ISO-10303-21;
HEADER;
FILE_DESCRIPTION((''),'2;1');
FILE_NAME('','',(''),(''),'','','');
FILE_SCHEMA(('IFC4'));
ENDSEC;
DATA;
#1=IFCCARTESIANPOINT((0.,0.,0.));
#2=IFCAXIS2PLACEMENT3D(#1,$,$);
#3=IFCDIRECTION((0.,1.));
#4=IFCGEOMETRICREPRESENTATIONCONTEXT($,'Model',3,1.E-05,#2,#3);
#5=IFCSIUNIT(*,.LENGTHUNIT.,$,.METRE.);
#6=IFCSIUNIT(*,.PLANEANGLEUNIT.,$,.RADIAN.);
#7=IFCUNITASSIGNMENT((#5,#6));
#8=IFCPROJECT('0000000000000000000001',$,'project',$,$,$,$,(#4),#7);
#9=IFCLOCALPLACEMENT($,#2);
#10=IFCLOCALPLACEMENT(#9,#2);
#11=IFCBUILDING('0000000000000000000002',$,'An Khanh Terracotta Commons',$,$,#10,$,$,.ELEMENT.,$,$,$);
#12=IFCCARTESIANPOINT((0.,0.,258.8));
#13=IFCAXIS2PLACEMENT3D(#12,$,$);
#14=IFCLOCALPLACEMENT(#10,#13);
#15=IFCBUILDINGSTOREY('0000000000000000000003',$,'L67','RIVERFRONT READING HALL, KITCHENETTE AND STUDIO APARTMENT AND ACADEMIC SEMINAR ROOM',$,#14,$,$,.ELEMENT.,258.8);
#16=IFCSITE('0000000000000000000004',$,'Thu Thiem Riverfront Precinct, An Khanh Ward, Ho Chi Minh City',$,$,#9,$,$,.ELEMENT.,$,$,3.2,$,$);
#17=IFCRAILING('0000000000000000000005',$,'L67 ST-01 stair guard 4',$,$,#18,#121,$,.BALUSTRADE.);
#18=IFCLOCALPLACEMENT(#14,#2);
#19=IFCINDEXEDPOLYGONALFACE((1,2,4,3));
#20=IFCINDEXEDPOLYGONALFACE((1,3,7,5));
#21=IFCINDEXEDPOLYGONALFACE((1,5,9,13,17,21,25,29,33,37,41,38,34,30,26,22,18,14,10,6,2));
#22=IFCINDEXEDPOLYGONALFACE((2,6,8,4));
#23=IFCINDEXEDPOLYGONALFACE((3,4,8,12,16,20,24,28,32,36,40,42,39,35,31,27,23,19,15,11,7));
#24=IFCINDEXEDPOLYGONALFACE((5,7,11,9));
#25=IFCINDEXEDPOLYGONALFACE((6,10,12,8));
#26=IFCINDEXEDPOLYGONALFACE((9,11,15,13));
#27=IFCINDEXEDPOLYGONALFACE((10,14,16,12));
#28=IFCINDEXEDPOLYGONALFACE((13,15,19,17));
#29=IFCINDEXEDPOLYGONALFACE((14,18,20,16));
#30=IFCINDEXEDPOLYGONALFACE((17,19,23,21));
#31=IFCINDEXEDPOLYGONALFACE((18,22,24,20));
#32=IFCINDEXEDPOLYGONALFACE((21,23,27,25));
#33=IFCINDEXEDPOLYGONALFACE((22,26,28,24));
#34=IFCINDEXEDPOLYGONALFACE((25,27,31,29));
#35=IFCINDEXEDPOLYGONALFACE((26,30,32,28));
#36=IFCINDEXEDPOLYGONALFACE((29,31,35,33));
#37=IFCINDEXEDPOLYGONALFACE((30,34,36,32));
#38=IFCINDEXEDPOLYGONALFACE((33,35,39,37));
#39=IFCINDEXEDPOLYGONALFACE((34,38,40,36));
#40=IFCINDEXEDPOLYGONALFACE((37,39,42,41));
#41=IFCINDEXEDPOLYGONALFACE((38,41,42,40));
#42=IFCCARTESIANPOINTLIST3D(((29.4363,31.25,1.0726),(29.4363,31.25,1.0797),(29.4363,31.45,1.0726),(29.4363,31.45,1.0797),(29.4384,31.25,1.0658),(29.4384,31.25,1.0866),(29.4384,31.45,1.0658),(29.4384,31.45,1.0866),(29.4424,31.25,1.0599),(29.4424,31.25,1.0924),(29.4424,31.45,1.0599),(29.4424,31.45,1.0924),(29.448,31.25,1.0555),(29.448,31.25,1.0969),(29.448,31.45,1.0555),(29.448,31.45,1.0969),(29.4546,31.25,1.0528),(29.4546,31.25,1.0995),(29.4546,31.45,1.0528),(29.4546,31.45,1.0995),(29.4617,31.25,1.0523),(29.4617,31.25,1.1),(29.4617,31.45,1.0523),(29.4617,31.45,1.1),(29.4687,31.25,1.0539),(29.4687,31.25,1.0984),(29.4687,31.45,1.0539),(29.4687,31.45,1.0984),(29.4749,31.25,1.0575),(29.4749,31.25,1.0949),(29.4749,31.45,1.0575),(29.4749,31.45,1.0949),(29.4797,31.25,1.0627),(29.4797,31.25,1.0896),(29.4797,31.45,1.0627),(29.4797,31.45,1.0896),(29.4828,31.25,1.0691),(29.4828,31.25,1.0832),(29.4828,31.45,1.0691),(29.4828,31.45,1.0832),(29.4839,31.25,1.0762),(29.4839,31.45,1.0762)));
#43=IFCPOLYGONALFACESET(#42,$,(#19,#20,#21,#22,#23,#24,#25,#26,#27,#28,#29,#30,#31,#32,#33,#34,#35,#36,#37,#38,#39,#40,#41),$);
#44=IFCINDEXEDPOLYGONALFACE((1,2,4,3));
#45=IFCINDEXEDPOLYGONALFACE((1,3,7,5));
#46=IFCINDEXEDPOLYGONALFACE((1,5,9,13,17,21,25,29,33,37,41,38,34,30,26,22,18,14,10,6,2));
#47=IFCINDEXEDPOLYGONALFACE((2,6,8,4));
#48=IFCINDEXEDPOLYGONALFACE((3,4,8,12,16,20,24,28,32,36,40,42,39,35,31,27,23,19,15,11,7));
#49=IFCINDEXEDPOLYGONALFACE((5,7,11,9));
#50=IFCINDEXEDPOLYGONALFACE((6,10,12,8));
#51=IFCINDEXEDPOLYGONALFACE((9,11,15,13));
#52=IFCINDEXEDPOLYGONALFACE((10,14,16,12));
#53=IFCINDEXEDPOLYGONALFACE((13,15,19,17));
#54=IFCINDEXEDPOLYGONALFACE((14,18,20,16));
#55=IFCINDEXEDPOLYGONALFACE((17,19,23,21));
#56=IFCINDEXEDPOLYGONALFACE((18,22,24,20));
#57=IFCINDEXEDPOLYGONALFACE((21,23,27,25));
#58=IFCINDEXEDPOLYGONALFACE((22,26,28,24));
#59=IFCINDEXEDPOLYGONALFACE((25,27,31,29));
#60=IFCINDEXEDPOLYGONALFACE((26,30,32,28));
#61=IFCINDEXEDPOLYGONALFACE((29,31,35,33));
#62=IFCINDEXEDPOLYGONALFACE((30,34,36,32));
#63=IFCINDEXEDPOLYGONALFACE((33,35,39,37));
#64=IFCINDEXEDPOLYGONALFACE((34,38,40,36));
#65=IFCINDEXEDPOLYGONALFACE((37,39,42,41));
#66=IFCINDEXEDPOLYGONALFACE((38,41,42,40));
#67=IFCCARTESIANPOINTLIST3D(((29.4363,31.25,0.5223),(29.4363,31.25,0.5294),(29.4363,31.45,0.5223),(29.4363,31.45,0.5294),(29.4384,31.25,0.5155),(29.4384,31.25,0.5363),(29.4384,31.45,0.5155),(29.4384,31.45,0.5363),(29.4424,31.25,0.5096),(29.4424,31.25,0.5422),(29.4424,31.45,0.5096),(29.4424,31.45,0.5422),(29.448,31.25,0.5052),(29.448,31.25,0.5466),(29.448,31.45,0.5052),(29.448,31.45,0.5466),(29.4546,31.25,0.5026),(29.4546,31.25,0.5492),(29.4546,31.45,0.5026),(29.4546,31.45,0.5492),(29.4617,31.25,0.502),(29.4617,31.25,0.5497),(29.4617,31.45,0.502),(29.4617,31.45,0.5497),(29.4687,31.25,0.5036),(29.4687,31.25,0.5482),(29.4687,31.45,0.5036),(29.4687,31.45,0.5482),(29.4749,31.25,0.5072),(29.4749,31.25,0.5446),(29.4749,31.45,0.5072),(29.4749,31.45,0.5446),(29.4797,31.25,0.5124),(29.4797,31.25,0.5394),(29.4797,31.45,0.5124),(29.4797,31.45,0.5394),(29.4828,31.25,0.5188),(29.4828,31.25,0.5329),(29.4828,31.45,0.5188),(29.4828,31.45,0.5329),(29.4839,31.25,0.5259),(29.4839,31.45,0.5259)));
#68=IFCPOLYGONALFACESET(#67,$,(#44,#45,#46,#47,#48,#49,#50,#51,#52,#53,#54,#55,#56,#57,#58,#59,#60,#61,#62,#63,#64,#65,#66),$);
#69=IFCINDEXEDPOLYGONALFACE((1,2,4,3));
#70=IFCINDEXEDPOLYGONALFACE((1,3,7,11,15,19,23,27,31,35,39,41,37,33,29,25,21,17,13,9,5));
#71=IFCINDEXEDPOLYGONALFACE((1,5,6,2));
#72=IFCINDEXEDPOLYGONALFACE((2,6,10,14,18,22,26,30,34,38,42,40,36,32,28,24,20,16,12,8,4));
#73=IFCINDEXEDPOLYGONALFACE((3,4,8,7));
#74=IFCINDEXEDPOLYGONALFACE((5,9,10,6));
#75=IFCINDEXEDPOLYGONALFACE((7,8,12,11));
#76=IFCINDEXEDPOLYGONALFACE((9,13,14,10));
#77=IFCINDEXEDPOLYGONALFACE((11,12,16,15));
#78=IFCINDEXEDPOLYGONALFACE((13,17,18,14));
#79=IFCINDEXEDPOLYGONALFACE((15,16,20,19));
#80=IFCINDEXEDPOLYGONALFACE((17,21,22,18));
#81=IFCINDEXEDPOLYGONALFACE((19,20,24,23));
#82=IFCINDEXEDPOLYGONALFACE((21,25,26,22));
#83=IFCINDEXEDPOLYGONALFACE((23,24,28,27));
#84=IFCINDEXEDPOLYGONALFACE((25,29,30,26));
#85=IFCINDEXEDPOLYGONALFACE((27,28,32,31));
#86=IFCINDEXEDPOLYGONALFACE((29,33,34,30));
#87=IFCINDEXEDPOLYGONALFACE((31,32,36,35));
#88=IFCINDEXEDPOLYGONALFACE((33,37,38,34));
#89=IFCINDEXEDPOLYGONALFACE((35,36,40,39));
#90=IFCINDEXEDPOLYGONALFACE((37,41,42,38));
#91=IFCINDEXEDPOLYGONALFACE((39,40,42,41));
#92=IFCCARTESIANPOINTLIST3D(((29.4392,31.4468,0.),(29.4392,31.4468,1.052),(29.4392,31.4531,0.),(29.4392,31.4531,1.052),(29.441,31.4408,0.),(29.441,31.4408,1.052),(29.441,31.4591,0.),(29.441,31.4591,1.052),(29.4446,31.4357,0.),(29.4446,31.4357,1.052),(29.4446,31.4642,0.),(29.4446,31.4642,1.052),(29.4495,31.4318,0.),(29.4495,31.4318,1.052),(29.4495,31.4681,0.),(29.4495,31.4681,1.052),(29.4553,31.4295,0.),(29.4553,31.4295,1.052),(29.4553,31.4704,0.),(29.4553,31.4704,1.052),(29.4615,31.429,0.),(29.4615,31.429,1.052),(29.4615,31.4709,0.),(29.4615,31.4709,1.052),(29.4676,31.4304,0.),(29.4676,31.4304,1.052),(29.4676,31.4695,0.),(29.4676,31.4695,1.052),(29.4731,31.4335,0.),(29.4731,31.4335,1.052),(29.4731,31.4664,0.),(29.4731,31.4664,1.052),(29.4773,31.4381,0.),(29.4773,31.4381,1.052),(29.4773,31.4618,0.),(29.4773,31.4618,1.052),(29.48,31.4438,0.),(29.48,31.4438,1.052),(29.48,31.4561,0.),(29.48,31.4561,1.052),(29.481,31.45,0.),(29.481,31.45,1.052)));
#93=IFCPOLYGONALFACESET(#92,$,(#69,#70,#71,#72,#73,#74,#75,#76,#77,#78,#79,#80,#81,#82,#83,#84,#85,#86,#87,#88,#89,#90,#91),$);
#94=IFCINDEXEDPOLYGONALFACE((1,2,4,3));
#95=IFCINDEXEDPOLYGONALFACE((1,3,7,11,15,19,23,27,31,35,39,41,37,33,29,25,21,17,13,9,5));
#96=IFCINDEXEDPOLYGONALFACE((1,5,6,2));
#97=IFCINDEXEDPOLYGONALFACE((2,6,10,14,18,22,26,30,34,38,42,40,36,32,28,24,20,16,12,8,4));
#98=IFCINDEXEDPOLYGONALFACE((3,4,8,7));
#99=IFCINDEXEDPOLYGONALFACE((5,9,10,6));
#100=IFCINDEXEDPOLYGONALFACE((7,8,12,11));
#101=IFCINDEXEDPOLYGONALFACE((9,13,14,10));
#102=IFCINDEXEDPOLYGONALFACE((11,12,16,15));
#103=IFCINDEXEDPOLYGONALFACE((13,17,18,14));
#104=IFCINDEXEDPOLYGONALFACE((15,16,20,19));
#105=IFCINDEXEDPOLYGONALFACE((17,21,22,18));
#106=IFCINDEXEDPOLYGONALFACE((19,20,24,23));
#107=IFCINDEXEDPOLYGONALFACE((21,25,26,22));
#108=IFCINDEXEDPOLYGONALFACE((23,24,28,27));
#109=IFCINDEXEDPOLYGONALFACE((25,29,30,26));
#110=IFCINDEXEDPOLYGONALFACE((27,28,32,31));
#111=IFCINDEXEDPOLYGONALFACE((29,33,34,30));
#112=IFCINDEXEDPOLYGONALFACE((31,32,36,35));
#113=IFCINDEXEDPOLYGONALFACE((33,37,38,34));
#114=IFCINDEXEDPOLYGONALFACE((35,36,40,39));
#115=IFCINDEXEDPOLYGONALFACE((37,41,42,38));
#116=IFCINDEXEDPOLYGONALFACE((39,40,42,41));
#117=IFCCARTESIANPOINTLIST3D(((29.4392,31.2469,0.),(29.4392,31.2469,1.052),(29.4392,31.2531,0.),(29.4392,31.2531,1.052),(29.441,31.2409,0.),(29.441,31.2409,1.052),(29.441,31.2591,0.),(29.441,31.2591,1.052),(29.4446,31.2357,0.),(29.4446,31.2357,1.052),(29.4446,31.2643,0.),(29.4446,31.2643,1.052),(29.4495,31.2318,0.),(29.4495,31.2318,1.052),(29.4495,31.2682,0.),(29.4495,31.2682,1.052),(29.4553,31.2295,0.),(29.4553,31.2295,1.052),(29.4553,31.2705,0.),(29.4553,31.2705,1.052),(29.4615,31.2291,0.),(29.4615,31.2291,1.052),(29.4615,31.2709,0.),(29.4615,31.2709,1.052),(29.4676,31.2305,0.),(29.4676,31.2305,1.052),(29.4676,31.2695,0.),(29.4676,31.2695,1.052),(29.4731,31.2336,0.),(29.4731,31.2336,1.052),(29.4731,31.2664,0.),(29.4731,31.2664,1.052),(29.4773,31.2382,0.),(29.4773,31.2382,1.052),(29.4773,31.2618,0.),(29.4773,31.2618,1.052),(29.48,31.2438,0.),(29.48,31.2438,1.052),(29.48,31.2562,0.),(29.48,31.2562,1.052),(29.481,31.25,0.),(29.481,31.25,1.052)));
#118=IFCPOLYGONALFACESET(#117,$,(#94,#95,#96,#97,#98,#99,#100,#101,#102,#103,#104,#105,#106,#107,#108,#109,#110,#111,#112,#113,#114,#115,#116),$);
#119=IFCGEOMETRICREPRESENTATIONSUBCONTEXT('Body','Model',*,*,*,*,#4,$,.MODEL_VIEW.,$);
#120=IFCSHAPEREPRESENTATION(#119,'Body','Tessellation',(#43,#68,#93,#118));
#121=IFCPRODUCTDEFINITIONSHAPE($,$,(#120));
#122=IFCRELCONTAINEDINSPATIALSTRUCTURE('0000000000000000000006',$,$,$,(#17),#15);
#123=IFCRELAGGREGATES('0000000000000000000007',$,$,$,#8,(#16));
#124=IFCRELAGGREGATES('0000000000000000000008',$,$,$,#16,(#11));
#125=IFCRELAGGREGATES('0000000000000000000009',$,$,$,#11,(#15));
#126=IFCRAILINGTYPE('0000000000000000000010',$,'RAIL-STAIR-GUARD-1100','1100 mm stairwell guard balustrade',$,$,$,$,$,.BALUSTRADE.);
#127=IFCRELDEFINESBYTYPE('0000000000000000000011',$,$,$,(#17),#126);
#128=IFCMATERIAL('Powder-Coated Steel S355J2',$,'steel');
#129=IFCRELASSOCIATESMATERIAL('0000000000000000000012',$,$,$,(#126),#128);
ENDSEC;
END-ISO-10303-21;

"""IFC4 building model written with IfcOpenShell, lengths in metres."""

from ifc_helpers import new_model, si_unit, direction, frame, origin, origin_2d, place, context, subcontext, project, spatial, circle, extrude, material, type_object, element, save


model = new_model("IFC4")

# Units and contexts
model_context = context("Model", 3, precision=1e-05, world=origin(), true_north=direction((0.0, 1.0)))
body_context = subcontext(model_context, "Body", "Model", "MODEL_VIEW")
ifc_project = project(units=[si_unit("LENGTHUNIT", "METRE"), si_unit("PLANEANGLEUNIT", "RADIAN")], contexts=[model_context])

# Site, building, storey
site_placement = place(None, origin())
site = spatial("IfcSite", under=ifc_project, at=site_placement, Name="Thu Thiem Riverfront Precinct, An Khanh Ward, Ho Chi Minh City", CompositionType="ELEMENT", RefElevation=3.2)
building_placement = place(site_placement, origin())
building = spatial("IfcBuilding", under=site, at=building_placement, Name="An Khanh Terracotta Commons", CompositionType="ELEMENT")
storey_placement = place(building_placement, frame((0.0, 0.0, 258.8)))
storey = spatial("IfcBuildingStorey", under=building, at=storey_placement, Name="L67", Description="RIVERFRONT READING HALL, KITCHENETTE AND STUDIO APARTMENT AND ACADEMIC SEMINAR ROOM", CompositionType="ELEMENT", Elevation=258.8)

# Railing
ifc_material_1 = material(Name="Powder-Coated Steel S355J2", Category="steel")
railing_type = type_object("IfcRailingType", Name="RAIL-STAIR-GUARD-1100", Description="1100 mm stairwell guard balustrade", PredefinedType="BALUSTRADE", material=ifc_material_1)
railing_placement = place(storey_placement, frame((29.46, 31.45, 0.0)))
element("IfcRailing", 1, at=railing_placement, inside=storey, type_object=railing_type, Name="L67 ST-01 stair guard 4", PredefinedType="BALUSTRADE", context=body_context, shape_type="SweptSolid", body=[
    extrude(circle(Radius=0.0239, at=origin_2d()), frame((0.0, 0.0, 1.0762), z_axis=(0.0, -1.0, 0.0), x_axis=(1.0, 0.0, 0.0)), (0.0, 0.0, 1.0), 0.2),
    extrude(circle(Radius=0.0239, at=origin_2d()), frame((0.0, 0.0, 0.5259), z_axis=(0.0, -1.0, 0.0), x_axis=(1.0, 0.0, 0.0)), (0.0, 0.0, 1.0), 0.2),
    extrude(circle(Radius=0.021, at=origin_2d()), origin(), (0.0, 0.0, 1.0), 1.052),
    extrude(circle(Radius=0.021, at=origin_2d()), frame((0.0, -0.2, 0.0)), (0.0, 0.0, 1.0), 1.052),
])

save(model, "model.ifc")
